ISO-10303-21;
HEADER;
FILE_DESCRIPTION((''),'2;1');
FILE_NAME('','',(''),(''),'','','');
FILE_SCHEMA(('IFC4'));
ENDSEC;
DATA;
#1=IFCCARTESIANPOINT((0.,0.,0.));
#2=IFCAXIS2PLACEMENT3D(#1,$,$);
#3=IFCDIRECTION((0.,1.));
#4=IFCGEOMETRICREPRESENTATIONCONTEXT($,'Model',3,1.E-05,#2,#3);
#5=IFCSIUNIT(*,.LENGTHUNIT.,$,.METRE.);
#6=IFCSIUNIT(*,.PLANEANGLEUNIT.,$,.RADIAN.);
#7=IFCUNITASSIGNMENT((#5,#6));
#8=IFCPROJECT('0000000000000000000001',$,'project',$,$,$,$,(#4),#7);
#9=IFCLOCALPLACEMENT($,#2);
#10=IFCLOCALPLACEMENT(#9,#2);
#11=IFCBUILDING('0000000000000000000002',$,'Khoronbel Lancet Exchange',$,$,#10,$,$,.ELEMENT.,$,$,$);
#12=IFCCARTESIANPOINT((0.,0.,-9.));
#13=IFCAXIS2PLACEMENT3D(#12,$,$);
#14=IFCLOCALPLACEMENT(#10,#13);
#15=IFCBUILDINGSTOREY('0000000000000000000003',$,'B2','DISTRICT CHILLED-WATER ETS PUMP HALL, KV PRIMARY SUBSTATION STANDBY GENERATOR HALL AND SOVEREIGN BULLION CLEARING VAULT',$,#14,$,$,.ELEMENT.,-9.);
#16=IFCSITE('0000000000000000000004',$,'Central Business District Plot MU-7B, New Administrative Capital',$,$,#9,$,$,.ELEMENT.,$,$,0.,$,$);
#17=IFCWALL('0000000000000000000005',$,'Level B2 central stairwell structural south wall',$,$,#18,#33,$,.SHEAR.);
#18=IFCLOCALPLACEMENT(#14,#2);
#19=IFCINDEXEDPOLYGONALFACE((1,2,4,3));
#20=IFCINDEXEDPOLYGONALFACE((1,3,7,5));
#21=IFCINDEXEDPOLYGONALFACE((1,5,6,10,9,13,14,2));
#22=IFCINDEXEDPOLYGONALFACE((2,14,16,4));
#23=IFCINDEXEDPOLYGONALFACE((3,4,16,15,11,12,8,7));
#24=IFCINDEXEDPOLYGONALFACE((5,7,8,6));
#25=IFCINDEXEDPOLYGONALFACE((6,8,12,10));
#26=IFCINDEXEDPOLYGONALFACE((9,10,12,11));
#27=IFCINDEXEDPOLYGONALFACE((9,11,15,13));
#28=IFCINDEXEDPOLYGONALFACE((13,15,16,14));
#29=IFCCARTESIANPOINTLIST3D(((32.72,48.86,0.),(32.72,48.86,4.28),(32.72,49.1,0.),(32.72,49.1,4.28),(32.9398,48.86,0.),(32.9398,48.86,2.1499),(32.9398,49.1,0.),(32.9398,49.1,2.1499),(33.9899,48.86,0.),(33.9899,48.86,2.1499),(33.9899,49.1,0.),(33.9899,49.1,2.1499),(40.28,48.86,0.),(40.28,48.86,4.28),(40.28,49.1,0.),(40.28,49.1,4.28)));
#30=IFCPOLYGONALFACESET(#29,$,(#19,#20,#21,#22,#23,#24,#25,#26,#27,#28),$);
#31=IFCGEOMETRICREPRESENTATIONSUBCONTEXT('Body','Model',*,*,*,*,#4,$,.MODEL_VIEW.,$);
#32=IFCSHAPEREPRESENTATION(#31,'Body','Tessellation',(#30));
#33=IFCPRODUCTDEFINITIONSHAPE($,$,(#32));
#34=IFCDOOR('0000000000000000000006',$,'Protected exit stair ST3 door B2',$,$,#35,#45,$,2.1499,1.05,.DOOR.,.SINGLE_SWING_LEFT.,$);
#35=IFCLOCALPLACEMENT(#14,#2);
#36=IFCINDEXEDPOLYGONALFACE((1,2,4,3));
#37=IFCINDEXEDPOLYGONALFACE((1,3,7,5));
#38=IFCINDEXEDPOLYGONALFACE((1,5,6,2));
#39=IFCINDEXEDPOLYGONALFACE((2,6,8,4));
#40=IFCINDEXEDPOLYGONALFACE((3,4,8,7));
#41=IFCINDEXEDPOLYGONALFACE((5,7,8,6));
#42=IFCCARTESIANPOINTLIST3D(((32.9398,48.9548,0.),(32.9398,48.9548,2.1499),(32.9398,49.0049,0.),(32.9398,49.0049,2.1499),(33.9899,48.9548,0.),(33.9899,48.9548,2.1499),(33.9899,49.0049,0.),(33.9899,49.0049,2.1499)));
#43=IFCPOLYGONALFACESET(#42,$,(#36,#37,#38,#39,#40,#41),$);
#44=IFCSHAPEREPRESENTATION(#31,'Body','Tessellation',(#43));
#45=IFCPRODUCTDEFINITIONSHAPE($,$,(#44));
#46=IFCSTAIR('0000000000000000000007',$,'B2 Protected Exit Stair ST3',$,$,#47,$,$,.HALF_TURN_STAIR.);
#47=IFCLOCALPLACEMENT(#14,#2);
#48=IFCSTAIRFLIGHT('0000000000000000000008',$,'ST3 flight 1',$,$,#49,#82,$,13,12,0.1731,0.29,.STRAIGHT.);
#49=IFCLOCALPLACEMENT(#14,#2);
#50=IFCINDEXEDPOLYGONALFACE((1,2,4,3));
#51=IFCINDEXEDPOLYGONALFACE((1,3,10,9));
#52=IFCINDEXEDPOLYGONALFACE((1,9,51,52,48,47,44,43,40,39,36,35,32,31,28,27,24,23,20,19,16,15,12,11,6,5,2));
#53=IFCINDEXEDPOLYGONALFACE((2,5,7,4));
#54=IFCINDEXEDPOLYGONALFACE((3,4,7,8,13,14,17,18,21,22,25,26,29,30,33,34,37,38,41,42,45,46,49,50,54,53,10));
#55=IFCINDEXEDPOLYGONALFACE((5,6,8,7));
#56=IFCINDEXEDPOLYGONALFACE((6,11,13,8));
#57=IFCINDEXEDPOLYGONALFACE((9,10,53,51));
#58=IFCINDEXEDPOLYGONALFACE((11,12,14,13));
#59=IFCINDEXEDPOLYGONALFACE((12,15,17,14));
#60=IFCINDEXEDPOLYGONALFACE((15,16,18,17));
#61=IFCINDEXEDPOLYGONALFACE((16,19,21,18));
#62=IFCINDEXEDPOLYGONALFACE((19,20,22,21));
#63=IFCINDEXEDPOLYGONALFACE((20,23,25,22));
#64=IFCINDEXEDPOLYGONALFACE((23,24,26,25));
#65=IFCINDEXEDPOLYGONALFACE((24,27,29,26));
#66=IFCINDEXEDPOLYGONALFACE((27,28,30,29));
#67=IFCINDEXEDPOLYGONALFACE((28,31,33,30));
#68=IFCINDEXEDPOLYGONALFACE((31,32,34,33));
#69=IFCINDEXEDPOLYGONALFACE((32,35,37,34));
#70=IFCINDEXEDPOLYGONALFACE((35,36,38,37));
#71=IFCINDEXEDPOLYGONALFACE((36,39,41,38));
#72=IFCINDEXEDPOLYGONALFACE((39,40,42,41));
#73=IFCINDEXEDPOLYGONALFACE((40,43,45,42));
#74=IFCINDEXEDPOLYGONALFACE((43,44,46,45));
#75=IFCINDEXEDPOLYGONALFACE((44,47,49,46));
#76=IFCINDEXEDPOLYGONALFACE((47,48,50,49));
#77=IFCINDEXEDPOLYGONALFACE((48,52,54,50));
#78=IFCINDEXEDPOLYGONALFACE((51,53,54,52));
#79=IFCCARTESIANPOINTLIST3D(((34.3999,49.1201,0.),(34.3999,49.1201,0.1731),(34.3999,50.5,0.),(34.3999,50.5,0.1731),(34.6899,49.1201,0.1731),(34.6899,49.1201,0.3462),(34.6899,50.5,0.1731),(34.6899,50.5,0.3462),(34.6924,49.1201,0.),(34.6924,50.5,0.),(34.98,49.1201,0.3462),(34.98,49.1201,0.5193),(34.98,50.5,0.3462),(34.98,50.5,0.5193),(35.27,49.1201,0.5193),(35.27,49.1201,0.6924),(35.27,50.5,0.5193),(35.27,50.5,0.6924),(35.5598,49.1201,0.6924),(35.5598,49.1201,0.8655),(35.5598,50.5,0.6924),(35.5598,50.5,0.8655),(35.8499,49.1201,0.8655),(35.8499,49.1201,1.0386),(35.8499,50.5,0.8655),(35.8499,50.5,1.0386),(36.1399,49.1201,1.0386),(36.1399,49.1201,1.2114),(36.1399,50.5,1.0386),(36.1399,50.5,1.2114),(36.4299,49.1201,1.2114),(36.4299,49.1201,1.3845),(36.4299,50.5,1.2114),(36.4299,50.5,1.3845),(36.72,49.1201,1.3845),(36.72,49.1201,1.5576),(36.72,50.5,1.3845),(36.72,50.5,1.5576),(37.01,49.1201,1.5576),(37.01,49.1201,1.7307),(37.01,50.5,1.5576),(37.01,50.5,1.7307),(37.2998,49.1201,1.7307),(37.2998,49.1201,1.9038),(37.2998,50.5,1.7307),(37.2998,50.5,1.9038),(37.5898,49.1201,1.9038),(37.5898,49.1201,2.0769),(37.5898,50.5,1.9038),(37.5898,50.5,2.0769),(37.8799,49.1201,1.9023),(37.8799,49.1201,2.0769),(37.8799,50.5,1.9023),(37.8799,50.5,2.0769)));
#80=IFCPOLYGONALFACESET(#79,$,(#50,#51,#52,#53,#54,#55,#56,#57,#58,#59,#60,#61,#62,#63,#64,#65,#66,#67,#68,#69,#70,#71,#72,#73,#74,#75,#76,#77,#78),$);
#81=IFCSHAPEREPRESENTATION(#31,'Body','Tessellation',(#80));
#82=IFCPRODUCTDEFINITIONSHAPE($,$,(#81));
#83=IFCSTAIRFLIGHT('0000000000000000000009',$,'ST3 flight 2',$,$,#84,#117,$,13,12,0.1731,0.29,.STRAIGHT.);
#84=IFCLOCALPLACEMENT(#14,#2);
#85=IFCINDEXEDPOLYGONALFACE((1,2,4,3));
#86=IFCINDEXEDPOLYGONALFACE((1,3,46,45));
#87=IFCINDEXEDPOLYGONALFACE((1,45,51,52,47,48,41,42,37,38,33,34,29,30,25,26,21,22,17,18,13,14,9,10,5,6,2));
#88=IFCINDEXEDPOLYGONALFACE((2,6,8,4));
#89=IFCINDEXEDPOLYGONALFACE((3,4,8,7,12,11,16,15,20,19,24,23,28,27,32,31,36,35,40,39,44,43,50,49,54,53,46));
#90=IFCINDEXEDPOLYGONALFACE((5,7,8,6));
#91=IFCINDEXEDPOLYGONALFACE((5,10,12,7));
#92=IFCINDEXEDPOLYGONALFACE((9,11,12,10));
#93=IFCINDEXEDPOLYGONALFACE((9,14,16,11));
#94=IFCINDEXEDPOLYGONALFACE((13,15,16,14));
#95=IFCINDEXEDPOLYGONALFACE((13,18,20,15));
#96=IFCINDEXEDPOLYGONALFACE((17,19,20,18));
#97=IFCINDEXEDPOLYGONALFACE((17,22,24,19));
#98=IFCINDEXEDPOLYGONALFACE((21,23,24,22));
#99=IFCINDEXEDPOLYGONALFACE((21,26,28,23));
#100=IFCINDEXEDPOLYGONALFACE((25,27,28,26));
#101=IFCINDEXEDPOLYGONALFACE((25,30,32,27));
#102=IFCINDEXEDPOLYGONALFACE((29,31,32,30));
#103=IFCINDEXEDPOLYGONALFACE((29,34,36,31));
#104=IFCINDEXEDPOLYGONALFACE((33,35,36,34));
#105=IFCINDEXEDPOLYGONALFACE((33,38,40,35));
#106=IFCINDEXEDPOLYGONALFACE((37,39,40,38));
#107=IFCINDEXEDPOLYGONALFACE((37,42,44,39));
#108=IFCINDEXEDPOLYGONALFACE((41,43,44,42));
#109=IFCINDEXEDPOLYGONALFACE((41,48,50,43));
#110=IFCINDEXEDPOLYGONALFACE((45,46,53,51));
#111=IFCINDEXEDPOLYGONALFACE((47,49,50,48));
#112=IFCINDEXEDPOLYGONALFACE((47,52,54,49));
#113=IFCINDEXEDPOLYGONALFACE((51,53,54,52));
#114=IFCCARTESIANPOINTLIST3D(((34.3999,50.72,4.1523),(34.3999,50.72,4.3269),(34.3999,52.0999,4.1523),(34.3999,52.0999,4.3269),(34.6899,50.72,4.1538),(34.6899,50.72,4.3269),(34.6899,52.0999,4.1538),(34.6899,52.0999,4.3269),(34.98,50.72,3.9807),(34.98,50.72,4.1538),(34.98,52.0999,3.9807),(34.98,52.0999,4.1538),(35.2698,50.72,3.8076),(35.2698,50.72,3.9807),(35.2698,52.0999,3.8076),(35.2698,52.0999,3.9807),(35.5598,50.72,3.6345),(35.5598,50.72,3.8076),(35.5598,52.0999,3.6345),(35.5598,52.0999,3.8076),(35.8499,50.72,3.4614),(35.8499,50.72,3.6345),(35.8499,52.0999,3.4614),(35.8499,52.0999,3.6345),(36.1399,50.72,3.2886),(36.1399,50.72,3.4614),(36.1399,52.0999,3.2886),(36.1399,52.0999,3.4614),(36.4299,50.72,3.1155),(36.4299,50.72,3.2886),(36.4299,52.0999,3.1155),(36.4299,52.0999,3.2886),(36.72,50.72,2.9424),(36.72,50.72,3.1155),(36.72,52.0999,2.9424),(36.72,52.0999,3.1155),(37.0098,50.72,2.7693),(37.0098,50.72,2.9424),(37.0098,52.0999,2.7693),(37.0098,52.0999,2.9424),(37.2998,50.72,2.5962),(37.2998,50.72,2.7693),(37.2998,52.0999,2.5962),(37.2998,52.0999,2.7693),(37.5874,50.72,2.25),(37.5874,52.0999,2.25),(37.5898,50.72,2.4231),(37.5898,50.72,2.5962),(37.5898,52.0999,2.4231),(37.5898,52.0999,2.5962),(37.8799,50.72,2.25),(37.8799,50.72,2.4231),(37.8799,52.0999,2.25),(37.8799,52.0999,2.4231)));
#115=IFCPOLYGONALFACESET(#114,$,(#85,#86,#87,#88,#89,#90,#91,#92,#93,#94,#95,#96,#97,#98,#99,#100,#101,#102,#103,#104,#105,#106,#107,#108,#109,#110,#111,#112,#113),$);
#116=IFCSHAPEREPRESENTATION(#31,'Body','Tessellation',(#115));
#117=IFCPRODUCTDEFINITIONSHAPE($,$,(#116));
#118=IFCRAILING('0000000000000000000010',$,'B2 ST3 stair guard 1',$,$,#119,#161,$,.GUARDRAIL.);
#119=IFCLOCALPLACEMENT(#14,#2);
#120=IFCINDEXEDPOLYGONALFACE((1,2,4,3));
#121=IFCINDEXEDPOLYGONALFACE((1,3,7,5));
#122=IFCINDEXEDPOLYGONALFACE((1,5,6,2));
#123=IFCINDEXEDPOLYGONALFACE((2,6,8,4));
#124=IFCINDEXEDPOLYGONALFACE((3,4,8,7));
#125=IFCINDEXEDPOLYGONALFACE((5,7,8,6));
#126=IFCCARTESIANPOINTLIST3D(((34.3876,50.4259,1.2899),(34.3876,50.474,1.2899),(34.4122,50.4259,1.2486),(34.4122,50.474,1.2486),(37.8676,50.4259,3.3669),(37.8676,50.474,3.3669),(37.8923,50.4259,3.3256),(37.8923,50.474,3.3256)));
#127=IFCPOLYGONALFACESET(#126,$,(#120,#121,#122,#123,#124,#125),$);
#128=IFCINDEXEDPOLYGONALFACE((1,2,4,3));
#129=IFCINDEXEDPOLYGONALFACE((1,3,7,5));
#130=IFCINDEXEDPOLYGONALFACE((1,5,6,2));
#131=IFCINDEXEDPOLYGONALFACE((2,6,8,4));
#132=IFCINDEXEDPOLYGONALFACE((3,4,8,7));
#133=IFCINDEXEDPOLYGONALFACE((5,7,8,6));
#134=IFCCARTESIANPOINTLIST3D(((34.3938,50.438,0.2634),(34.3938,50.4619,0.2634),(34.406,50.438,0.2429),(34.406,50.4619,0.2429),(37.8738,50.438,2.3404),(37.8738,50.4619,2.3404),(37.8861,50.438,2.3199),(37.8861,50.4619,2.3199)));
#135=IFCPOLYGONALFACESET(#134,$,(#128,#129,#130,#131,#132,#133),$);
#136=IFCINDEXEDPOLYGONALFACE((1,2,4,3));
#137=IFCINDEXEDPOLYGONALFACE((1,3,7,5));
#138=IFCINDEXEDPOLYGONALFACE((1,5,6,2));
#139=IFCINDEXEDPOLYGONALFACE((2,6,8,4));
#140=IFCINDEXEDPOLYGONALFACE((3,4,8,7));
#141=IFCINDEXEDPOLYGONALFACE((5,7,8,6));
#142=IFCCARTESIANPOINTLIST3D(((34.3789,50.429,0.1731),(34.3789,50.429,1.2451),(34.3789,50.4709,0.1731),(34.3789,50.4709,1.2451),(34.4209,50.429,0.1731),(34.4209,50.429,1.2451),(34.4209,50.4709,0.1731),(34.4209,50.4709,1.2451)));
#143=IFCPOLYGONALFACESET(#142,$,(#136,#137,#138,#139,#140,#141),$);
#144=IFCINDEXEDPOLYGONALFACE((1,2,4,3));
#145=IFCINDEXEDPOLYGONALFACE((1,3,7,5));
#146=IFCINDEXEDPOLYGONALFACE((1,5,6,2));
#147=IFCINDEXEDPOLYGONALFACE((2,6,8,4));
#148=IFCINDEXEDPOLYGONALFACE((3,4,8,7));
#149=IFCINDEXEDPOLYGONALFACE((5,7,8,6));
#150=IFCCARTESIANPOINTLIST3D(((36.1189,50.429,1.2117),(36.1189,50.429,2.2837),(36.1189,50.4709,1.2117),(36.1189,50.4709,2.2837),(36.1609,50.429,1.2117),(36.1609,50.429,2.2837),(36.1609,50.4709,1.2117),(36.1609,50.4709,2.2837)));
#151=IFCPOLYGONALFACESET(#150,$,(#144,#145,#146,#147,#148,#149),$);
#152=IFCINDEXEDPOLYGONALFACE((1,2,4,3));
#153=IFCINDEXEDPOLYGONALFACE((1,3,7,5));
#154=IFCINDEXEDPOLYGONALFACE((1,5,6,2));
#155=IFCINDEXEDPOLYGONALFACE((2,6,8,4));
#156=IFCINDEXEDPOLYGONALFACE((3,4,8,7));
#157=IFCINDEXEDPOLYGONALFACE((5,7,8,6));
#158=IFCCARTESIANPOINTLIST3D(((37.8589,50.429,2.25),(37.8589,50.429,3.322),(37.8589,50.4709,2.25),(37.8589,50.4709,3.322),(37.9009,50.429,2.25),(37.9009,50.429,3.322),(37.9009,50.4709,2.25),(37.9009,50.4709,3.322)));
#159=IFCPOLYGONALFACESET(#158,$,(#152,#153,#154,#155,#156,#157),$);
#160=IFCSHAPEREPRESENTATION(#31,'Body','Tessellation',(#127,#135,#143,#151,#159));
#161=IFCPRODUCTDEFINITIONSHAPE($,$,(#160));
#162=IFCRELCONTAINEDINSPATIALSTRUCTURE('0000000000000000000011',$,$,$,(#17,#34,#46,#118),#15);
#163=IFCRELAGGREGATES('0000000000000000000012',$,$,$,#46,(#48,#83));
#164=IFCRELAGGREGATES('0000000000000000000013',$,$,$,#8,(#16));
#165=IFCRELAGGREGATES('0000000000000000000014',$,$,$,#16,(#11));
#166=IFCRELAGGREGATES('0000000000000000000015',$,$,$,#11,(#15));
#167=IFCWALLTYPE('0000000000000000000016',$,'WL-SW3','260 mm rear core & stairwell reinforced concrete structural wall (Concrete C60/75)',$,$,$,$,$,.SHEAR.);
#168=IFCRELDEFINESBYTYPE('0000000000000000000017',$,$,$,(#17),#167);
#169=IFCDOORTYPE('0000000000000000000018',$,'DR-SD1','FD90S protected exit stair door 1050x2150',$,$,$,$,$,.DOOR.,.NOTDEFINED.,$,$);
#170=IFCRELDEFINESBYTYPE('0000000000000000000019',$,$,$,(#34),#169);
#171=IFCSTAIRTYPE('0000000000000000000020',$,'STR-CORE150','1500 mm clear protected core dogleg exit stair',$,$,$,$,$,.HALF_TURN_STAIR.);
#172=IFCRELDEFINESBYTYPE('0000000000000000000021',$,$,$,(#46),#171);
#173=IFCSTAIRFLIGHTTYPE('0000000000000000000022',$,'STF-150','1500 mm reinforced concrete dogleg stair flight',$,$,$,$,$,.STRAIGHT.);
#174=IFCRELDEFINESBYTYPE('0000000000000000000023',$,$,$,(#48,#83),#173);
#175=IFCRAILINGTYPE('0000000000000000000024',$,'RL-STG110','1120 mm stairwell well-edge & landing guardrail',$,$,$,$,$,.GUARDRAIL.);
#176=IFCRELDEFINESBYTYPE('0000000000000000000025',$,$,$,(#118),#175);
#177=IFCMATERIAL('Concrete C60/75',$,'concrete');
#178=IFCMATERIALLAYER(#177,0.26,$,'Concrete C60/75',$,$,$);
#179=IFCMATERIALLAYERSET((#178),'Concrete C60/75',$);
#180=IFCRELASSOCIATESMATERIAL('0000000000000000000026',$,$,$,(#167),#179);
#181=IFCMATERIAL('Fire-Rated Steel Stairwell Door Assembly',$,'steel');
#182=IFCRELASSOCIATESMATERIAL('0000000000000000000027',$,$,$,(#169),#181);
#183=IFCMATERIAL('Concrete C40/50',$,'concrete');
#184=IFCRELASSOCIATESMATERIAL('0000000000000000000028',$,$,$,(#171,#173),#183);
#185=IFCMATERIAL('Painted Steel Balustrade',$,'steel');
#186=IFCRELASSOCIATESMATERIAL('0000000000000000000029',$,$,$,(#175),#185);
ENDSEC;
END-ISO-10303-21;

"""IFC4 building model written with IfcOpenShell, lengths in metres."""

from ifc_helpers import new_model, si_unit, direction, frame, frame_2d, origin, origin_2d, place, context, subcontext, project, spatial, polyline, rectangle, outline, extrude, material, layer, layer_set, type_object, element, fill, aggregate, save


model = new_model("IFC4")

# Units and contexts
model_context = context("Model", 3, precision=1e-05, world=origin(), true_north=direction((0.0, 1.0)))
body_context = subcontext(model_context, "Body", "Model", "MODEL_VIEW")
ifc_project = project(units=[si_unit("LENGTHUNIT", "METRE"), si_unit("PLANEANGLEUNIT", "RADIAN")], contexts=[model_context])

# Site, building, storey
site_placement = place(None, origin())
site = spatial("IfcSite", under=ifc_project, at=site_placement, Name="Central Business District Plot MU-7B, New Administrative Capital", CompositionType="ELEMENT", RefElevation=0.0)
building_placement = place(site_placement, origin())
building = spatial("IfcBuilding", under=site, at=building_placement, Name="Khoronbel Lancet Exchange", CompositionType="ELEMENT")
storey_placement = place(building_placement, frame((0.0, 0.0, -9.0)))
storey = spatial("IfcBuildingStorey", under=building, at=storey_placement, Name="B2", Description="DISTRICT CHILLED-WATER ETS PUMP HALL, KV PRIMARY SUBSTATION STANDBY GENERATOR HALL AND SOVEREIGN BULLION CLEARING VAULT", CompositionType="ELEMENT", Elevation=-9.0)

# Shared definitions
ifc_material_1 = material(Name="Concrete C60/75", Category="concrete")
ifc_layer_1 = layer(ifc_material_1, 0.26, Name="Concrete C60/75")
ifc_layer_set_1 = layer_set([ifc_layer_1], Name="Concrete C60/75")
wall_type_1 = type_object("IfcWallType", Name="WL-SW3", Description="260 mm rear core & stairwell reinforced concrete structural wall (Concrete C60/75)", PredefinedType="SHEAR", material=ifc_layer_set_1)

# Wall, opening, door
wall_1_placement = place(storey_placement, frame((32.72, 48.98, 0.0), z_axis=(0.0, 0.0, 1.0), x_axis=(1.0, 0.0, 0.0)))
wall_1 = element("IfcWall", 1, at=wall_1_placement, inside=storey, type_object=wall_type_1, Name="Level B2 central stairwell structural south wall", PredefinedType="SHEAR", context=body_context, shape_type="SweptSolid", body=[
    extrude(rectangle(XDim=7.5601, YDim=0.24, at=frame_2d((3.78, 0.0))), origin(), (0.0, 0.0, 1.0), 4.28),
])
opening_1_placement = place(wall_1_placement, frame((0.22, 0.0, 0.0)))
opening_1 = element("IfcOpeningElement", 2, at=opening_1_placement, cuts=wall_1, PredefinedType="OPENING", context=body_context, shape_type="SweptSolid", body=[
    extrude(rectangle(XDim=1.05, YDim=2.1499, at=frame_2d((0.5249, 1.075))), frame((0.0, 0.1299, 0.0), z_axis=(0.0, -1.0, 0.0), x_axis=(1.0, 0.0, 0.0)), (0.0, 0.0, 1.0), 0.26),
])
ifc_material_2 = material(Name="Fire-Rated Steel Stairwell Door Assembly", Category="steel")
door_type_1 = type_object("IfcDoorType", Name="DR-SD1", Description="FD90S protected exit stair door 1050x2150", OperationType="NOTDEFINED", PredefinedType="DOOR", material=ifc_material_2)
door_1_placement = place(opening_1_placement, origin())
door_1 = element("IfcDoor", 3, at=door_1_placement, inside=storey, type_object=door_type_1, Name="Protected exit stair ST3 door B2", OperationType="SINGLE_SWING_LEFT", OverallHeight=2.1499, OverallWidth=1.05, PredefinedType="DOOR", context=body_context, shape_type="SweptSolid", body=[
    extrude(rectangle(XDim=1.05, YDim=2.1499, at=frame_2d((0.5249, 1.075))), frame((0.0, 0.0249, 0.0), z_axis=(0.0, -1.0, 0.0), x_axis=(1.0, 0.0, 0.0)), (0.0, 0.0, 1.0), 0.05),
])
fill(opening_1, door_1)

# Stair, stair flights
ifc_material_3 = material(Name="Concrete C40/50", Category="concrete")
stair_type = type_object("IfcStairType", Name="STR-CORE150", Description="1500 mm clear protected core dogleg exit stair", PredefinedType="HALF_TURN_STAIR", material=ifc_material_3)
stair_placement = place(storey_placement, origin())
stair = element("IfcStair", 4, at=stair_placement, inside=storey, type_object=stair_type, Name="B2 Protected Exit Stair ST3", PredefinedType="HALF_TURN_STAIR")
stair_flight_type = type_object("IfcStairFlightType", Name="STF-150", Description="1500 mm reinforced concrete dogleg stair flight", PredefinedType="STRAIGHT", material=ifc_material_3)
stair_flight_1_placement = place(storey_placement, frame((34.3999, 49.8101, 0.0), z_axis=(0.0, 0.0, 1.0), x_axis=(1.0, 0.0, 0.0)))
stair_flight_1 = element("IfcStairFlight", 5, at=stair_flight_1_placement, type_object=stair_flight_type, Name="ST3 flight 1", NumberOfRisers=13, NumberOfTreads=12, PredefinedType="STRAIGHT", RiserHeight=0.1731, TreadLength=0.29, context=body_context, shape_type="SweptSolid", body=[
    extrude(outline(polyline([(0.0, 0.0), (0.0, 0.1731), (0.29, 0.1731), (0.29, 0.3462), (0.5801, 0.3462), (0.5801, 0.5193), (0.8701, 0.5193), (0.8701, 0.6924), (1.1599, 0.6924), (1.1599, 0.8655), (1.45, 0.8655), (1.45, 1.0386), (1.74, 1.0386), (1.74, 1.2114), (2.03, 1.2114), (2.03, 1.3845), (2.3201, 1.3845), (2.3201, 1.5576), (2.6101, 1.5576), (2.6101, 1.7307), (2.8999, 1.7307), (2.8999, 1.9038), (3.1899, 1.9038), (3.1899, 2.0769), (3.48, 2.0769), (3.48, 2.25), (3.48, 1.9023), (0.2925, 0.0), (0.0, 0.0)])), frame((0.0, 0.6899, 0.0), z_axis=(0.0, -1.0, 0.0), x_axis=(1.0, 0.0, 0.0)), (0.0, 0.0, 1.0), 1.3799),
])
stair_flight_2_placement = place(storey_placement, frame((37.8799, 51.4099, 2.25), z_axis=(0.0, 0.0, 1.0), x_axis=(-1.0, 0.0, 0.0)))
stair_flight_2 = element("IfcStairFlight", 6, at=stair_flight_2_placement, type_object=stair_flight_type, Name="ST3 flight 2", NumberOfRisers=13, NumberOfTreads=12, PredefinedType="STRAIGHT", RiserHeight=0.1731, TreadLength=0.29, context=body_context, shape_type="SweptSolid", body=[
    extrude(outline(polyline([(0.0, 0.0), (0.0, 0.1731), (0.29, 0.1731), (0.29, 0.3462), (0.5801, 0.3462), (0.5801, 0.5193), (0.8701, 0.5193), (0.8701, 0.6924), (1.1599, 0.6924), (1.1599, 0.8655), (1.45, 0.8655), (1.45, 1.0386), (1.74, 1.0386), (1.74, 1.2114), (2.03, 1.2114), (2.03, 1.3845), (2.3201, 1.3845), (2.3201, 1.5576), (2.6101, 1.5576), (2.6101, 1.7307), (2.8999, 1.7307), (2.8999, 1.9038), (3.1899, 1.9038), (3.1899, 2.0769), (3.48, 2.0769), (3.48, 2.25), (3.48, 1.9023), (0.2925, 0.0), (0.0, 0.0)])), frame((0.0, 0.6899, 0.0), z_axis=(0.0, -1.0, 0.0), x_axis=(1.0, 0.0, 0.0)), (0.0, 0.0, 1.0), 1.3799),
])
aggregate(stair, [stair_flight_1, stair_flight_2])

# Railing
ifc_material_4 = material(Name="Painted Steel Balustrade", Category="steel")
railing_type_1 = type_object("IfcRailingType", Name="RL-STG110", Description="1120 mm stairwell well-edge & landing guardrail", PredefinedType="GUARDRAIL", material=ifc_material_4)
railing_1_placement = place(storey_placement, frame((34.3999, 50.45, 0.1731)))
element("IfcRailing", 7, at=railing_1_placement, inside=storey, type_object=railing_type_1, Name="B2 ST3 stair guard 1", PredefinedType="GUARDRAIL", context=body_context, shape_type="SweptSolid", body=[
    extrude(rectangle(XDim=0.0481, YDim=0.0481, at=origin_2d()), frame((0.0, 0.0, 1.0962), z_axis=(0.858697, 0.0, 0.512483), x_axis=(0.0, 1.0, 0.0)), (0.0, 0.0, 1.0), 4.0527),
    extrude(rectangle(XDim=0.0239, YDim=0.0239, at=origin_2d()), frame((0.0, 0.0, 0.0801), z_axis=(0.858697, 0.0, 0.512483), x_axis=(0.0, 1.0, 0.0)), (0.0, 0.0, 1.0), 4.0527),
    extrude(rectangle(XDim=0.042, YDim=0.042, at=origin_2d()), origin(), (0.0, 0.0, 1.0), 1.072),
    extrude(rectangle(XDim=0.042, YDim=0.042, at=origin_2d()), frame((1.74, 0.0, 1.0386)), (0.0, 0.0, 1.0), 1.072),
    extrude(rectangle(XDim=0.042, YDim=0.042, at=origin_2d()), frame((3.48, 0.0, 2.0769)), (0.0, 0.0, 1.0), 1.072),
])

save(model, "model.ifc")
